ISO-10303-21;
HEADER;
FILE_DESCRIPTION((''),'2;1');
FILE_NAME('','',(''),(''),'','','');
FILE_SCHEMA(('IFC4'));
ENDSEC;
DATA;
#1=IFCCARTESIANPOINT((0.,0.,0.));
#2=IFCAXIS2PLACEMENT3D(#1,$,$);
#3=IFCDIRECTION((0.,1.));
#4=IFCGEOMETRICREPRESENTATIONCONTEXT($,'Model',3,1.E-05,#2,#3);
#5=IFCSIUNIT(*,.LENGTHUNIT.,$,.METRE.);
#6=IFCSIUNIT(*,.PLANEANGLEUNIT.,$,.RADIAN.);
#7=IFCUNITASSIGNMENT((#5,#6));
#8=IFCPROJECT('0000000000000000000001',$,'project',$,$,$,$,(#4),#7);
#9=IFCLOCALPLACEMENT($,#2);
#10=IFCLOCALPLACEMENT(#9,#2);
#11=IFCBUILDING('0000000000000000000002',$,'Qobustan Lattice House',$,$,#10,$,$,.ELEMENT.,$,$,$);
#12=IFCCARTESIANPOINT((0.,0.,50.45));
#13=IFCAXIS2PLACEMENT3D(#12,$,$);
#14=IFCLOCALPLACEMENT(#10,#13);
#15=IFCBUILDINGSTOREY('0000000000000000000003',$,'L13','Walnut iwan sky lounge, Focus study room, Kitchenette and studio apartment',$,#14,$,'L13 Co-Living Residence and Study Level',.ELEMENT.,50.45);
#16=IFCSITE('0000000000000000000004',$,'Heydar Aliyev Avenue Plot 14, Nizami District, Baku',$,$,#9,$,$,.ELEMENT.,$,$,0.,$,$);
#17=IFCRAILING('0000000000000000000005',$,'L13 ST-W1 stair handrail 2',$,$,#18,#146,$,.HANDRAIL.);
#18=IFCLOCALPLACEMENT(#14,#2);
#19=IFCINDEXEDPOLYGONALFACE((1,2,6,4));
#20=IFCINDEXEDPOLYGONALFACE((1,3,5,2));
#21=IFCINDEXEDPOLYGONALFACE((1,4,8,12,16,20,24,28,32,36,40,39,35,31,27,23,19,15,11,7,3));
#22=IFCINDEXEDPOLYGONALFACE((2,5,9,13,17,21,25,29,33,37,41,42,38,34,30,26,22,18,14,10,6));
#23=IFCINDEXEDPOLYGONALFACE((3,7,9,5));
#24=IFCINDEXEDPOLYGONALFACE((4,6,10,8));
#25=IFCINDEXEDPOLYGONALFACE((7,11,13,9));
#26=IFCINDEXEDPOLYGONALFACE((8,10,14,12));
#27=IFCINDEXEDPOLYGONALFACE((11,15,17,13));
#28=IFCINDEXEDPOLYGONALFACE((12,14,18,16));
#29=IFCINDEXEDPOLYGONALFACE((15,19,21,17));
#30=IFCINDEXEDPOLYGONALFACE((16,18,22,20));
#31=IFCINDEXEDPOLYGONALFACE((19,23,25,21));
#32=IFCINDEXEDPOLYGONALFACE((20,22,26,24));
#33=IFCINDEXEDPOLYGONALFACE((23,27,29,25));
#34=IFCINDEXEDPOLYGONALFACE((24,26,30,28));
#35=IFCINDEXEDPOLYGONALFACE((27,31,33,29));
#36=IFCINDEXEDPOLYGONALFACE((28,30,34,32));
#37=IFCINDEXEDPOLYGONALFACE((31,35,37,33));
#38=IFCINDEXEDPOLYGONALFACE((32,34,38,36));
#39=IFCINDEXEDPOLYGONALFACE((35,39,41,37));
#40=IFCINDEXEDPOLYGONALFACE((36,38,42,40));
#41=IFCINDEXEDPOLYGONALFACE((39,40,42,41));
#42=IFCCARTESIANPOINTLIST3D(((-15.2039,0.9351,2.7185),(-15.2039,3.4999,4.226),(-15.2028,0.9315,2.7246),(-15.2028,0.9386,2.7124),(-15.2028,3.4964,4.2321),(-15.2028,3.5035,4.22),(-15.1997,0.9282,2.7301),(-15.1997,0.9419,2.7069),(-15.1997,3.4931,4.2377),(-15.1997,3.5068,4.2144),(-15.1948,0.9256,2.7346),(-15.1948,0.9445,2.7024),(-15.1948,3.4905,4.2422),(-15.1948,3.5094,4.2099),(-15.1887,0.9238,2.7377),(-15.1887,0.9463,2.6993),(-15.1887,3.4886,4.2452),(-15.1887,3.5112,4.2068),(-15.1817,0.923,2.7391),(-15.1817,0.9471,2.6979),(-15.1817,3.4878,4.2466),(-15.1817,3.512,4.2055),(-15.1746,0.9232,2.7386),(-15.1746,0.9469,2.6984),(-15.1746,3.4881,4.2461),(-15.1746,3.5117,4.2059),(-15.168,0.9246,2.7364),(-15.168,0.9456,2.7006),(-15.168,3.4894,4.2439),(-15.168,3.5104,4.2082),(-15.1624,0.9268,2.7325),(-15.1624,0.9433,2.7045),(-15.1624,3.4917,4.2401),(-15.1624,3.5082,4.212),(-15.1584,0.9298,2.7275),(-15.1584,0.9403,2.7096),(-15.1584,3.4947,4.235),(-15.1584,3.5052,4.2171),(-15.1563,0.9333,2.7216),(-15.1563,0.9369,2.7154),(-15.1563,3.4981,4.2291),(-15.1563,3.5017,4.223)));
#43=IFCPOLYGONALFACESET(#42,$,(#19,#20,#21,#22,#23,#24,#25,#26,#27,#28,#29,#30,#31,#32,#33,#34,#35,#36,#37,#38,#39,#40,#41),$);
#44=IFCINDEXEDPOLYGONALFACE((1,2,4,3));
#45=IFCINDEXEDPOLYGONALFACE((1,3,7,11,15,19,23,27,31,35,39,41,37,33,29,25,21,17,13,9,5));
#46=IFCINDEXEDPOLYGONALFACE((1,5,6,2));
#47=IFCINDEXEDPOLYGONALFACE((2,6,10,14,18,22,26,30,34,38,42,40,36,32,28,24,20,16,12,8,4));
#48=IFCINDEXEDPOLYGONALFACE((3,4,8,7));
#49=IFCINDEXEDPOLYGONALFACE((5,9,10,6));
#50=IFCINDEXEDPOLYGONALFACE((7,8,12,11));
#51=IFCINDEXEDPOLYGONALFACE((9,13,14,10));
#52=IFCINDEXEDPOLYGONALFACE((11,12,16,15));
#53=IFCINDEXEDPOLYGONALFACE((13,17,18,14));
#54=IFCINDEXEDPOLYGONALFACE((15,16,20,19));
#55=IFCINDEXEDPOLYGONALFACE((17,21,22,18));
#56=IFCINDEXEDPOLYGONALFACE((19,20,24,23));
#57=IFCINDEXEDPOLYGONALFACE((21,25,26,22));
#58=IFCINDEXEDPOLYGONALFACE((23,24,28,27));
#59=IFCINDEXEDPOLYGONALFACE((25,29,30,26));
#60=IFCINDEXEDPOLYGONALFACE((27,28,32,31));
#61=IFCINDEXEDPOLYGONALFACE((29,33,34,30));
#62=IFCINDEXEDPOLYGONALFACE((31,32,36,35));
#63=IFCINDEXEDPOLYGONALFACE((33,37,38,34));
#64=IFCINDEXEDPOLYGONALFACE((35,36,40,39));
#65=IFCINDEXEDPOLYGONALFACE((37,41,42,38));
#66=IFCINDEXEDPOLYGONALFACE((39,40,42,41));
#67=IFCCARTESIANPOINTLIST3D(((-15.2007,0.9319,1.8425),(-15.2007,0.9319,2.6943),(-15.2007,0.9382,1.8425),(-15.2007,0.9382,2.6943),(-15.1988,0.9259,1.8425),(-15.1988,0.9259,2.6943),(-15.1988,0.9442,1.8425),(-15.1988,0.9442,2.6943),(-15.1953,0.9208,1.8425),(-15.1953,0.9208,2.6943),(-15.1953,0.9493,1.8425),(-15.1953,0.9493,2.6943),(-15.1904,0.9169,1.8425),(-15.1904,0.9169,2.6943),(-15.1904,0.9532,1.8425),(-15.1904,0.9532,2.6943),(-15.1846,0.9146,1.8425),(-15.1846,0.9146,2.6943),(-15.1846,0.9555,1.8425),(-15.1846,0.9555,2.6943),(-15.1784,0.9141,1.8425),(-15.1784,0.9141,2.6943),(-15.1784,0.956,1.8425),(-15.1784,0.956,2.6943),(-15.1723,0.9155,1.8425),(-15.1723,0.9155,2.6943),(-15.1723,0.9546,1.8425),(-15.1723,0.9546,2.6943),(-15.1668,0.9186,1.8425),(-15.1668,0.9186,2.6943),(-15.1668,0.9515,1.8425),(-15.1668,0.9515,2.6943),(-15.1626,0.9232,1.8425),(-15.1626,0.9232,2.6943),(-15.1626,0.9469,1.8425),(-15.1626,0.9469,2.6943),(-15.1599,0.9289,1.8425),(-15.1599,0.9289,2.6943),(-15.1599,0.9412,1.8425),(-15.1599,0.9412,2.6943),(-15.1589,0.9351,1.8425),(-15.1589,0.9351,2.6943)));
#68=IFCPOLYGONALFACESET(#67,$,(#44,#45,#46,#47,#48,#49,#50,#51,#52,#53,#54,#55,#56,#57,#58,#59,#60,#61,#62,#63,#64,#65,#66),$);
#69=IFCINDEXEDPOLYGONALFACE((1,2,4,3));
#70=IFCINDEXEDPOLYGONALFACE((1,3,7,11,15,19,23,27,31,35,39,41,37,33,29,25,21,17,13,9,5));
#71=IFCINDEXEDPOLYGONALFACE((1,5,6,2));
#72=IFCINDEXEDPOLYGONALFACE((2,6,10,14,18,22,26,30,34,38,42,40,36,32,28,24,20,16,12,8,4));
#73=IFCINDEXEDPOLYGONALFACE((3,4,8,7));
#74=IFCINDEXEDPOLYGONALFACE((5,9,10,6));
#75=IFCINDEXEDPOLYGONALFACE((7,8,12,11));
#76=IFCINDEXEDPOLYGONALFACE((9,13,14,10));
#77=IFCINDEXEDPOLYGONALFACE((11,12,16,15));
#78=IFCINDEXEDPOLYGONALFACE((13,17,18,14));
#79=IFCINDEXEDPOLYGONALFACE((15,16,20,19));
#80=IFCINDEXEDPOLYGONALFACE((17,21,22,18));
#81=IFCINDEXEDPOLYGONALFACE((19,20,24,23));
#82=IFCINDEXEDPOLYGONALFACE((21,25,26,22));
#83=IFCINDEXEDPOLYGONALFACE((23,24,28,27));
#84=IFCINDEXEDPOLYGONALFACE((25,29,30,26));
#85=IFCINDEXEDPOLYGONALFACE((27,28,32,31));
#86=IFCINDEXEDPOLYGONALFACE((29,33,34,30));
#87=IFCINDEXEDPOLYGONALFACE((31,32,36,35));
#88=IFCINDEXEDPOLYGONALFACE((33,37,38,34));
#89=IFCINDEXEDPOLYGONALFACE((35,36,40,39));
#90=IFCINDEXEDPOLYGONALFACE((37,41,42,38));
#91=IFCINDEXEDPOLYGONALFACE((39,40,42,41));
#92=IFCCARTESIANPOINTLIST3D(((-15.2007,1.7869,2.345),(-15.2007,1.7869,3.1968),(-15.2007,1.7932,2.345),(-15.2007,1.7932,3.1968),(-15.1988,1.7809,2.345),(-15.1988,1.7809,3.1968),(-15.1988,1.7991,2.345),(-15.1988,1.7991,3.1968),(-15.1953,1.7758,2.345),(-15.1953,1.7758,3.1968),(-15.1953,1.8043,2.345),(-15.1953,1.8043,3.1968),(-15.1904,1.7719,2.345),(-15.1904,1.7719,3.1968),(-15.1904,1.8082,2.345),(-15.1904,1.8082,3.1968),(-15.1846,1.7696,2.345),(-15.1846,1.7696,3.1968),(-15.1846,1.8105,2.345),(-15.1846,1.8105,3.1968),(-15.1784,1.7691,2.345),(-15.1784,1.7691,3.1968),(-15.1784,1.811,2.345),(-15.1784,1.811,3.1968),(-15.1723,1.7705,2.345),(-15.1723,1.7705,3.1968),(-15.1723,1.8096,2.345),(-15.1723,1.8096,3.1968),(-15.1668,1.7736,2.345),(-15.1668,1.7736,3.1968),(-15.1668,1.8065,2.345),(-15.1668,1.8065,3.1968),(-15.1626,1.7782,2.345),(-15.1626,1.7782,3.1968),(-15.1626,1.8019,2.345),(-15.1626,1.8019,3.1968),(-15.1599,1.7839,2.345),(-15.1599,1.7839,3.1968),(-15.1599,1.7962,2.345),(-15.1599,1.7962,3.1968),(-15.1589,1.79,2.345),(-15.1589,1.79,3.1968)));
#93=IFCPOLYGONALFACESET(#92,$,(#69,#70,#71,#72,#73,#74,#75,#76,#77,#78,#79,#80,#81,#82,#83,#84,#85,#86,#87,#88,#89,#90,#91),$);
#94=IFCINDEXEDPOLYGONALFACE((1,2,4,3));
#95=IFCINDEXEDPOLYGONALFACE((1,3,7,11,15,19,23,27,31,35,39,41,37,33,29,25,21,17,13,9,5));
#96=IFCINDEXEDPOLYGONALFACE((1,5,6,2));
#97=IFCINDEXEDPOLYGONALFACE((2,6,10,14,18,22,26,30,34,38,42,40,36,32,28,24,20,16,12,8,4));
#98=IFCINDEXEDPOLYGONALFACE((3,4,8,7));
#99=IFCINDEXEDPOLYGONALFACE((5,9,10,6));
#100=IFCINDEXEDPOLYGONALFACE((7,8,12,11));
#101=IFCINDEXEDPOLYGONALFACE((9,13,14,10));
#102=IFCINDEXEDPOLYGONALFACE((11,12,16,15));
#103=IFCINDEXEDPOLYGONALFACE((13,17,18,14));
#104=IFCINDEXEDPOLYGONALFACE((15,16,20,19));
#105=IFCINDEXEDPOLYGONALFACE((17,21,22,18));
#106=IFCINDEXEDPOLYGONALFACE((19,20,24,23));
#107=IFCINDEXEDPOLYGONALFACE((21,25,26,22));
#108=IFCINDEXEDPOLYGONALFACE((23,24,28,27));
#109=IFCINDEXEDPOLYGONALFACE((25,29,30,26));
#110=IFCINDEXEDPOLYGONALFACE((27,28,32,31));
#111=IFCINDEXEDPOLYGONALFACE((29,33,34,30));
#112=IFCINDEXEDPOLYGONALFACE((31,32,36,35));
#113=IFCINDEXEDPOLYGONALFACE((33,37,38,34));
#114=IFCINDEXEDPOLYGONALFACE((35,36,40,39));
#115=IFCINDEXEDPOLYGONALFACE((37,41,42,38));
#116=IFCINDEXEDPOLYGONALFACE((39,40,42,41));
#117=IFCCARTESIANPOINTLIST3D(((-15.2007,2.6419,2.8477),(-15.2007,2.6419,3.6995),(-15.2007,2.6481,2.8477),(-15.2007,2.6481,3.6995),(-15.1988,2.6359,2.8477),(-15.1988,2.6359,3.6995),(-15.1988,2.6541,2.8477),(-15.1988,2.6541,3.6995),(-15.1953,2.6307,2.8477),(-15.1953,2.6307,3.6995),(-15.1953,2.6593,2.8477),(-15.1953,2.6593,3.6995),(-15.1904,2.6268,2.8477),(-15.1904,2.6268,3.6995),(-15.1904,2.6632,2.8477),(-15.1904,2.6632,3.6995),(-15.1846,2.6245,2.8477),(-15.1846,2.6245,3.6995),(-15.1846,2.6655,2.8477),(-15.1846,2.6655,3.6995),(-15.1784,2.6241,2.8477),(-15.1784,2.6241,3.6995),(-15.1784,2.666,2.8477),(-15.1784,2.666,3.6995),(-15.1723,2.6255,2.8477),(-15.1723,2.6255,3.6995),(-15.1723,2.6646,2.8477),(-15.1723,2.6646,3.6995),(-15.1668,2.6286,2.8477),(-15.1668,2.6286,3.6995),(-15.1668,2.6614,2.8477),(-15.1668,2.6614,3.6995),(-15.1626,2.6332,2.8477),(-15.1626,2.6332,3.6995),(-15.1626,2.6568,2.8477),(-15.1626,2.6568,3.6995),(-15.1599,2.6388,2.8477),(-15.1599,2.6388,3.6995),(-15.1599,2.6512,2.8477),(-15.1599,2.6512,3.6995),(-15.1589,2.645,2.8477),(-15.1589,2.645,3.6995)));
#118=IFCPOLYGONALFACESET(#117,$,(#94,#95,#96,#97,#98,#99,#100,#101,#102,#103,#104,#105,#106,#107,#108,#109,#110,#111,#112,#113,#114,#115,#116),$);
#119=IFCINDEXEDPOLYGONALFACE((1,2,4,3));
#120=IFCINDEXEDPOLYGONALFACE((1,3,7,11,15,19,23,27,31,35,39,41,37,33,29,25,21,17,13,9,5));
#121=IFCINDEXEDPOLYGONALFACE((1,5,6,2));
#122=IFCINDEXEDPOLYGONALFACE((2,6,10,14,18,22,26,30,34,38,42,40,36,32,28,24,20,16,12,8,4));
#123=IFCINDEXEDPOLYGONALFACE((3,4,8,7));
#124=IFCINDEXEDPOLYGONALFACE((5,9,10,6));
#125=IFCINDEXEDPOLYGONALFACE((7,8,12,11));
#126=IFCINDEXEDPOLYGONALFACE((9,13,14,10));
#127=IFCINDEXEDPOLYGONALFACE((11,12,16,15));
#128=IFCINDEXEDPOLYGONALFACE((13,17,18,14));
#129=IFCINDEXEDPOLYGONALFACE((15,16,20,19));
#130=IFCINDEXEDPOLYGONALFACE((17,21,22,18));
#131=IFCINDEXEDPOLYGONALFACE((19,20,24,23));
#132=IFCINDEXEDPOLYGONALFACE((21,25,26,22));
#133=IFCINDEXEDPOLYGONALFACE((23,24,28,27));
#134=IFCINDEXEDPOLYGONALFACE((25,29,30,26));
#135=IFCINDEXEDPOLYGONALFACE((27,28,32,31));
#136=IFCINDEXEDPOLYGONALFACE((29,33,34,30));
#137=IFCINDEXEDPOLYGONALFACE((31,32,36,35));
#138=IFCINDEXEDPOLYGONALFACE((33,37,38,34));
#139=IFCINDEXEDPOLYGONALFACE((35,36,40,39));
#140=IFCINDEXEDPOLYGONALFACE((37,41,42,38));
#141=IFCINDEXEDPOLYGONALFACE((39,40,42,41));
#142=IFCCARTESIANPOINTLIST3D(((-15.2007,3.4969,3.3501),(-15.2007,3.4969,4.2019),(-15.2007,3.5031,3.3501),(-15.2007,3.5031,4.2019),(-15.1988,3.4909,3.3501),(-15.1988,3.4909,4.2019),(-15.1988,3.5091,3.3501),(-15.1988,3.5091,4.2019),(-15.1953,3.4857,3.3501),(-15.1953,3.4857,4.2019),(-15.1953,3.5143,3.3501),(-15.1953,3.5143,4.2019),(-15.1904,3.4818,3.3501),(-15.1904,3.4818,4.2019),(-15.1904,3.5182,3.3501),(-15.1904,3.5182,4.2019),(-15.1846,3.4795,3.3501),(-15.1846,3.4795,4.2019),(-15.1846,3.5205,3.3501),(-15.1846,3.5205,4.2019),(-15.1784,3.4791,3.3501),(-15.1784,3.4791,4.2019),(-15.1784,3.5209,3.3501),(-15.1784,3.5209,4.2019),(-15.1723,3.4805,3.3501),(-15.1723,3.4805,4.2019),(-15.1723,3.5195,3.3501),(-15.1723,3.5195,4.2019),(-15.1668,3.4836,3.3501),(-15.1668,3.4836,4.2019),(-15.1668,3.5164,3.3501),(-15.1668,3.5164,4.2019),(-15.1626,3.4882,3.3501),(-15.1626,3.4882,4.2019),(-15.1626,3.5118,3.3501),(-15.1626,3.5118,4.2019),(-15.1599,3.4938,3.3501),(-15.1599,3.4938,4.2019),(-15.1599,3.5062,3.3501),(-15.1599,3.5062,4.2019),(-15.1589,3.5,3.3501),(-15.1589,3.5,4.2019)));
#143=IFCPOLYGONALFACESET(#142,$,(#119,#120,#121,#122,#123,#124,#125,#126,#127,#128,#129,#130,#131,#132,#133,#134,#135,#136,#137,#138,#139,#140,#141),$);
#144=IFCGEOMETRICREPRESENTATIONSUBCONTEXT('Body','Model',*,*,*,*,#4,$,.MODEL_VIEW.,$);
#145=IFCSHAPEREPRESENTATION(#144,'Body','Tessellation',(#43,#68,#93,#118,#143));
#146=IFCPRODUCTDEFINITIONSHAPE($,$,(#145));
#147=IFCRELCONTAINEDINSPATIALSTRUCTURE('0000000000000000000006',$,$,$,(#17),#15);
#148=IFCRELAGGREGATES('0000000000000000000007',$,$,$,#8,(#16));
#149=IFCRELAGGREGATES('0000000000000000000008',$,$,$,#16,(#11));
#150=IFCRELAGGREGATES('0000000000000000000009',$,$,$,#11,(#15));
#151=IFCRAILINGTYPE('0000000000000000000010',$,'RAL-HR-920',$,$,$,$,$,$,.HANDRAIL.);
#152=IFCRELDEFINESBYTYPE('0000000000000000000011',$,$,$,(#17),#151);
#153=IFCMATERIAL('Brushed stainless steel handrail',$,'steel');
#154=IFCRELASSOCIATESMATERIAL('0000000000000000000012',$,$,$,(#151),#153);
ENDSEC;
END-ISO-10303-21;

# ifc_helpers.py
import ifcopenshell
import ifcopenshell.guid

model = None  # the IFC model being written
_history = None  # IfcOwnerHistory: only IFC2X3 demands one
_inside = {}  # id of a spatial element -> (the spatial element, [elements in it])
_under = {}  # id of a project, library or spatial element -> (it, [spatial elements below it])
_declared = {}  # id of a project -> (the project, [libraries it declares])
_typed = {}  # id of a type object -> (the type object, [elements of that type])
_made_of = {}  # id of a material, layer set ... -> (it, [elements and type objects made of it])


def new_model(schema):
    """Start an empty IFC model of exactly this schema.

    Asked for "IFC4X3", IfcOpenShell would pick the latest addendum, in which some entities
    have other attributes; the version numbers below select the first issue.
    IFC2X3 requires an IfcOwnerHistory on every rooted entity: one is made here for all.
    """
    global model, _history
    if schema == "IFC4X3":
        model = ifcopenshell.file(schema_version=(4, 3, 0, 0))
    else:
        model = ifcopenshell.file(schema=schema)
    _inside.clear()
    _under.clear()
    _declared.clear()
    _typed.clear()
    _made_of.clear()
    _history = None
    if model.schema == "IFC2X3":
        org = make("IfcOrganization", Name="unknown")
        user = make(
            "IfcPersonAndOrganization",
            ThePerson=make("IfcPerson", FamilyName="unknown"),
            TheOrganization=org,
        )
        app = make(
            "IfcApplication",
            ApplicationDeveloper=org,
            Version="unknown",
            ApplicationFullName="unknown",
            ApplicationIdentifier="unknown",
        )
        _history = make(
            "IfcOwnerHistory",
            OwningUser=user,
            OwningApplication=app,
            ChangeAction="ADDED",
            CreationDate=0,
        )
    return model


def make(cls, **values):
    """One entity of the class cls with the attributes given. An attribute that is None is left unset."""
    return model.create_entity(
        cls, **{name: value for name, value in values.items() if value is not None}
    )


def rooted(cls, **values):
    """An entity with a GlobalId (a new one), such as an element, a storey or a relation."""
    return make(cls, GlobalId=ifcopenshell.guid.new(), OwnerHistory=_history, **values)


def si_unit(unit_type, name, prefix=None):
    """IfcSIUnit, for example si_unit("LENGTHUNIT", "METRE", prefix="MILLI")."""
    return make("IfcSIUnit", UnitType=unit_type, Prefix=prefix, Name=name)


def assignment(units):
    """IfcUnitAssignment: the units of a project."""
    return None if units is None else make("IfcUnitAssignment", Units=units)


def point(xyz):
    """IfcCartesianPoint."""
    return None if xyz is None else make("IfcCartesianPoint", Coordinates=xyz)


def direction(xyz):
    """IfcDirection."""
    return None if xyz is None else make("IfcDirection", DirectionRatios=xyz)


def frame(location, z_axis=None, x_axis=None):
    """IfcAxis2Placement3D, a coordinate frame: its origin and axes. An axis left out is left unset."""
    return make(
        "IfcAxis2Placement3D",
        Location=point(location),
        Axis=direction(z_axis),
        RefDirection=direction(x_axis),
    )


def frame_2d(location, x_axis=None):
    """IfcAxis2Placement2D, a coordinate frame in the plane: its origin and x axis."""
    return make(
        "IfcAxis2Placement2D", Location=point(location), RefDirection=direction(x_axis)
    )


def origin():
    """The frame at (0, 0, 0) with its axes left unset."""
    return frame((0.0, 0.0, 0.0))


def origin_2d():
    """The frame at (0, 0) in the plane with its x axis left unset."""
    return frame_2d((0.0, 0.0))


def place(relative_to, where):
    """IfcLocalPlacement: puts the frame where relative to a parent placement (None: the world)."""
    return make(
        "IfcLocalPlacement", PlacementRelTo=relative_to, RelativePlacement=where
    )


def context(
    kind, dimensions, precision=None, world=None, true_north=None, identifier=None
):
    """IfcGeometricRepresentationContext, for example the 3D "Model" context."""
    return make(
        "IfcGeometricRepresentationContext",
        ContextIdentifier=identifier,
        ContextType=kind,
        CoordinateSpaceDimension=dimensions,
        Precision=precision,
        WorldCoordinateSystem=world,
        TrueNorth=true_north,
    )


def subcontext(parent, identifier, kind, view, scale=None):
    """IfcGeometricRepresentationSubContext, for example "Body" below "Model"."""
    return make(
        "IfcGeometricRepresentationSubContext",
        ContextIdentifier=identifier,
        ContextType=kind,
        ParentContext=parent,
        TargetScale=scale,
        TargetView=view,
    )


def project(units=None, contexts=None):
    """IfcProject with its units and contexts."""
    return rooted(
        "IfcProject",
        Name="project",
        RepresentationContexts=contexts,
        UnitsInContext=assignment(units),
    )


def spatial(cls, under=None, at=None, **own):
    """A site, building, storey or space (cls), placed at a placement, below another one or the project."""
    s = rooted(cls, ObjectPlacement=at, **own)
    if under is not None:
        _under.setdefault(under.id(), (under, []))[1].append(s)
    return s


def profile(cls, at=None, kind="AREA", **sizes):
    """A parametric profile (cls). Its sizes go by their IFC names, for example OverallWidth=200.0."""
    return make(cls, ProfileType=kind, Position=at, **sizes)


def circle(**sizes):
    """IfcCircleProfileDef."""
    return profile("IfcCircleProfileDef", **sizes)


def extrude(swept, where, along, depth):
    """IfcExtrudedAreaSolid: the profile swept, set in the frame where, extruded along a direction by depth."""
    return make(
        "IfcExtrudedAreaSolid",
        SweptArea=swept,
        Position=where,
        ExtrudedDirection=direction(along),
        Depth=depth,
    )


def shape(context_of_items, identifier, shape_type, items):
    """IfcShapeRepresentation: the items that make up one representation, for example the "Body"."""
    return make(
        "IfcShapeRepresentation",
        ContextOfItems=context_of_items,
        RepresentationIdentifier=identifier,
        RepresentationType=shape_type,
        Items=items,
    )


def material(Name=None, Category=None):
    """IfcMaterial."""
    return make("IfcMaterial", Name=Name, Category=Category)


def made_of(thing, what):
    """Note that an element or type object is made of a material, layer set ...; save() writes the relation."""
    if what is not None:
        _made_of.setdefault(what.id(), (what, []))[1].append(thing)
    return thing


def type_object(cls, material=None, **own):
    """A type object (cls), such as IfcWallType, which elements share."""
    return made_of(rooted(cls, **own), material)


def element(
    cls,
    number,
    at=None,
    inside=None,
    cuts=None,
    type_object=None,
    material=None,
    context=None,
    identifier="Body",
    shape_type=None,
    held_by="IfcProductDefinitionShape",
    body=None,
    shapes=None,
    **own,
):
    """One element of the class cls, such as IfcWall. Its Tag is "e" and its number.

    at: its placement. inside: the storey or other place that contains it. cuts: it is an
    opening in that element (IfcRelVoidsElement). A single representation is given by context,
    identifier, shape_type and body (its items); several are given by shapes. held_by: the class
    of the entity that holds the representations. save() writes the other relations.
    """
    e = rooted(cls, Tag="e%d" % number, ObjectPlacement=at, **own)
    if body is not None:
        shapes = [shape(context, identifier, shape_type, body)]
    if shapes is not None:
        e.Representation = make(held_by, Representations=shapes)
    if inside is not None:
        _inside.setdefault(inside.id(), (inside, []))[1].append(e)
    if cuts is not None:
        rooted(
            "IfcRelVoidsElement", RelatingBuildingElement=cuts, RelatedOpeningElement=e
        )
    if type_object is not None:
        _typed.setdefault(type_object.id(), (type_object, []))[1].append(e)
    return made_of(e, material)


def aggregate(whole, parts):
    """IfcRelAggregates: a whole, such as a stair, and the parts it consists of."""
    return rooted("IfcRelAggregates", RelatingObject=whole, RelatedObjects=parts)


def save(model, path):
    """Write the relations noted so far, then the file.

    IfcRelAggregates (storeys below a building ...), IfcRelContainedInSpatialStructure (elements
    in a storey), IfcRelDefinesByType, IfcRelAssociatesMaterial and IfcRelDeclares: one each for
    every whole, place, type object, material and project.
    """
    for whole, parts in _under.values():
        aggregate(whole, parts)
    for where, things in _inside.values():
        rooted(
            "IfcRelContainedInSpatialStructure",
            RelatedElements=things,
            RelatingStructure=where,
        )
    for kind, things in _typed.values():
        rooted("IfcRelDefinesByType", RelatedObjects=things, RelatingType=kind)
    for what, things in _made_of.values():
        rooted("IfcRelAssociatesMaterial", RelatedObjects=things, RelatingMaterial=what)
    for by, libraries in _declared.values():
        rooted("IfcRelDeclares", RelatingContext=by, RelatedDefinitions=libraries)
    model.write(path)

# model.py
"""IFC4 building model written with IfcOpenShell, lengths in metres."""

from ifc_helpers import new_model, si_unit, direction, frame, origin, origin_2d, place, context, subcontext, project, spatial, circle, extrude, material, type_object, element, save


model = new_model("IFC4")

# Units and contexts
model_context = context("Model", 3, precision=1e-05, world=origin(), true_north=direction((0.0, 1.0)))
body_context = subcontext(model_context, "Body", "Model", "MODEL_VIEW")
ifc_project = project(units=[si_unit("LENGTHUNIT", "METRE"), si_unit("PLANEANGLEUNIT", "RADIAN")], contexts=[model_context])

# Site, building, storey
site_placement = place(None, origin())
site = spatial("IfcSite", under=ifc_project, at=site_placement, Name="Heydar Aliyev Avenue Plot 14, Nizami District, Baku", CompositionType="ELEMENT", RefElevation=0.0)
building_placement = place(site_placement, origin())
building = spatial("IfcBuilding", under=site, at=building_placement, Name="Qobustan Lattice House", CompositionType="ELEMENT")
storey_placement = place(building_placement, frame((0.0, 0.0, 50.45)))
storey = spatial("IfcBuildingStorey", under=building, at=storey_placement, Name="L13", Description="Walnut iwan sky lounge, Focus study room, Kitchenette and studio apartment", LongName="L13 Co-Living Residence and Study Level", CompositionType="ELEMENT", Elevation=50.45)

# Railing
ifc_material_1 = material(Name="Brushed stainless steel handrail", Category="steel")
railing_type_1 = type_object("IfcRailingType", Name="RAL-HR-920", PredefinedType="HANDRAIL", material=ifc_material_1)
railing_1_placement = place(storey_placement, frame((-15.1799, 0.9351, 1.8425)))
element("IfcRailing", 1, at=railing_1_placement, inside=storey, type_object=railing_type_1, Name="L13 ST-W1 stair handrail 2", PredefinedType="HANDRAIL", context=body_context, shape_type="SweptSolid", body=[
    extrude(circle(Radius=0.0239, at=origin_2d()), frame((0.0, 0.0, 0.876), z_axis=(0.0, 0.862113, 0.506715), x_axis=(-1.0, 0.0, 0.0)), (0.0, 0.0, 1.0), 2.9751),
    extrude(circle(Radius=0.021, at=origin_2d()), origin(), (0.0, 0.0, 1.0), 0.8518),
    extrude(circle(Radius=0.021, at=origin_2d()), frame((0.0, 0.855, 0.5024)), (0.0, 0.0, 1.0), 0.8518),
    extrude(circle(Radius=0.021, at=origin_2d()), frame((0.0, 1.71, 1.0051)), (0.0, 0.0, 1.0), 0.8518),
    extrude(circle(Radius=0.021, at=origin_2d()), frame((0.0, 2.5649, 1.5076)), (0.0, 0.0, 1.0), 0.8518),
])

save(model, "model.ifc")
